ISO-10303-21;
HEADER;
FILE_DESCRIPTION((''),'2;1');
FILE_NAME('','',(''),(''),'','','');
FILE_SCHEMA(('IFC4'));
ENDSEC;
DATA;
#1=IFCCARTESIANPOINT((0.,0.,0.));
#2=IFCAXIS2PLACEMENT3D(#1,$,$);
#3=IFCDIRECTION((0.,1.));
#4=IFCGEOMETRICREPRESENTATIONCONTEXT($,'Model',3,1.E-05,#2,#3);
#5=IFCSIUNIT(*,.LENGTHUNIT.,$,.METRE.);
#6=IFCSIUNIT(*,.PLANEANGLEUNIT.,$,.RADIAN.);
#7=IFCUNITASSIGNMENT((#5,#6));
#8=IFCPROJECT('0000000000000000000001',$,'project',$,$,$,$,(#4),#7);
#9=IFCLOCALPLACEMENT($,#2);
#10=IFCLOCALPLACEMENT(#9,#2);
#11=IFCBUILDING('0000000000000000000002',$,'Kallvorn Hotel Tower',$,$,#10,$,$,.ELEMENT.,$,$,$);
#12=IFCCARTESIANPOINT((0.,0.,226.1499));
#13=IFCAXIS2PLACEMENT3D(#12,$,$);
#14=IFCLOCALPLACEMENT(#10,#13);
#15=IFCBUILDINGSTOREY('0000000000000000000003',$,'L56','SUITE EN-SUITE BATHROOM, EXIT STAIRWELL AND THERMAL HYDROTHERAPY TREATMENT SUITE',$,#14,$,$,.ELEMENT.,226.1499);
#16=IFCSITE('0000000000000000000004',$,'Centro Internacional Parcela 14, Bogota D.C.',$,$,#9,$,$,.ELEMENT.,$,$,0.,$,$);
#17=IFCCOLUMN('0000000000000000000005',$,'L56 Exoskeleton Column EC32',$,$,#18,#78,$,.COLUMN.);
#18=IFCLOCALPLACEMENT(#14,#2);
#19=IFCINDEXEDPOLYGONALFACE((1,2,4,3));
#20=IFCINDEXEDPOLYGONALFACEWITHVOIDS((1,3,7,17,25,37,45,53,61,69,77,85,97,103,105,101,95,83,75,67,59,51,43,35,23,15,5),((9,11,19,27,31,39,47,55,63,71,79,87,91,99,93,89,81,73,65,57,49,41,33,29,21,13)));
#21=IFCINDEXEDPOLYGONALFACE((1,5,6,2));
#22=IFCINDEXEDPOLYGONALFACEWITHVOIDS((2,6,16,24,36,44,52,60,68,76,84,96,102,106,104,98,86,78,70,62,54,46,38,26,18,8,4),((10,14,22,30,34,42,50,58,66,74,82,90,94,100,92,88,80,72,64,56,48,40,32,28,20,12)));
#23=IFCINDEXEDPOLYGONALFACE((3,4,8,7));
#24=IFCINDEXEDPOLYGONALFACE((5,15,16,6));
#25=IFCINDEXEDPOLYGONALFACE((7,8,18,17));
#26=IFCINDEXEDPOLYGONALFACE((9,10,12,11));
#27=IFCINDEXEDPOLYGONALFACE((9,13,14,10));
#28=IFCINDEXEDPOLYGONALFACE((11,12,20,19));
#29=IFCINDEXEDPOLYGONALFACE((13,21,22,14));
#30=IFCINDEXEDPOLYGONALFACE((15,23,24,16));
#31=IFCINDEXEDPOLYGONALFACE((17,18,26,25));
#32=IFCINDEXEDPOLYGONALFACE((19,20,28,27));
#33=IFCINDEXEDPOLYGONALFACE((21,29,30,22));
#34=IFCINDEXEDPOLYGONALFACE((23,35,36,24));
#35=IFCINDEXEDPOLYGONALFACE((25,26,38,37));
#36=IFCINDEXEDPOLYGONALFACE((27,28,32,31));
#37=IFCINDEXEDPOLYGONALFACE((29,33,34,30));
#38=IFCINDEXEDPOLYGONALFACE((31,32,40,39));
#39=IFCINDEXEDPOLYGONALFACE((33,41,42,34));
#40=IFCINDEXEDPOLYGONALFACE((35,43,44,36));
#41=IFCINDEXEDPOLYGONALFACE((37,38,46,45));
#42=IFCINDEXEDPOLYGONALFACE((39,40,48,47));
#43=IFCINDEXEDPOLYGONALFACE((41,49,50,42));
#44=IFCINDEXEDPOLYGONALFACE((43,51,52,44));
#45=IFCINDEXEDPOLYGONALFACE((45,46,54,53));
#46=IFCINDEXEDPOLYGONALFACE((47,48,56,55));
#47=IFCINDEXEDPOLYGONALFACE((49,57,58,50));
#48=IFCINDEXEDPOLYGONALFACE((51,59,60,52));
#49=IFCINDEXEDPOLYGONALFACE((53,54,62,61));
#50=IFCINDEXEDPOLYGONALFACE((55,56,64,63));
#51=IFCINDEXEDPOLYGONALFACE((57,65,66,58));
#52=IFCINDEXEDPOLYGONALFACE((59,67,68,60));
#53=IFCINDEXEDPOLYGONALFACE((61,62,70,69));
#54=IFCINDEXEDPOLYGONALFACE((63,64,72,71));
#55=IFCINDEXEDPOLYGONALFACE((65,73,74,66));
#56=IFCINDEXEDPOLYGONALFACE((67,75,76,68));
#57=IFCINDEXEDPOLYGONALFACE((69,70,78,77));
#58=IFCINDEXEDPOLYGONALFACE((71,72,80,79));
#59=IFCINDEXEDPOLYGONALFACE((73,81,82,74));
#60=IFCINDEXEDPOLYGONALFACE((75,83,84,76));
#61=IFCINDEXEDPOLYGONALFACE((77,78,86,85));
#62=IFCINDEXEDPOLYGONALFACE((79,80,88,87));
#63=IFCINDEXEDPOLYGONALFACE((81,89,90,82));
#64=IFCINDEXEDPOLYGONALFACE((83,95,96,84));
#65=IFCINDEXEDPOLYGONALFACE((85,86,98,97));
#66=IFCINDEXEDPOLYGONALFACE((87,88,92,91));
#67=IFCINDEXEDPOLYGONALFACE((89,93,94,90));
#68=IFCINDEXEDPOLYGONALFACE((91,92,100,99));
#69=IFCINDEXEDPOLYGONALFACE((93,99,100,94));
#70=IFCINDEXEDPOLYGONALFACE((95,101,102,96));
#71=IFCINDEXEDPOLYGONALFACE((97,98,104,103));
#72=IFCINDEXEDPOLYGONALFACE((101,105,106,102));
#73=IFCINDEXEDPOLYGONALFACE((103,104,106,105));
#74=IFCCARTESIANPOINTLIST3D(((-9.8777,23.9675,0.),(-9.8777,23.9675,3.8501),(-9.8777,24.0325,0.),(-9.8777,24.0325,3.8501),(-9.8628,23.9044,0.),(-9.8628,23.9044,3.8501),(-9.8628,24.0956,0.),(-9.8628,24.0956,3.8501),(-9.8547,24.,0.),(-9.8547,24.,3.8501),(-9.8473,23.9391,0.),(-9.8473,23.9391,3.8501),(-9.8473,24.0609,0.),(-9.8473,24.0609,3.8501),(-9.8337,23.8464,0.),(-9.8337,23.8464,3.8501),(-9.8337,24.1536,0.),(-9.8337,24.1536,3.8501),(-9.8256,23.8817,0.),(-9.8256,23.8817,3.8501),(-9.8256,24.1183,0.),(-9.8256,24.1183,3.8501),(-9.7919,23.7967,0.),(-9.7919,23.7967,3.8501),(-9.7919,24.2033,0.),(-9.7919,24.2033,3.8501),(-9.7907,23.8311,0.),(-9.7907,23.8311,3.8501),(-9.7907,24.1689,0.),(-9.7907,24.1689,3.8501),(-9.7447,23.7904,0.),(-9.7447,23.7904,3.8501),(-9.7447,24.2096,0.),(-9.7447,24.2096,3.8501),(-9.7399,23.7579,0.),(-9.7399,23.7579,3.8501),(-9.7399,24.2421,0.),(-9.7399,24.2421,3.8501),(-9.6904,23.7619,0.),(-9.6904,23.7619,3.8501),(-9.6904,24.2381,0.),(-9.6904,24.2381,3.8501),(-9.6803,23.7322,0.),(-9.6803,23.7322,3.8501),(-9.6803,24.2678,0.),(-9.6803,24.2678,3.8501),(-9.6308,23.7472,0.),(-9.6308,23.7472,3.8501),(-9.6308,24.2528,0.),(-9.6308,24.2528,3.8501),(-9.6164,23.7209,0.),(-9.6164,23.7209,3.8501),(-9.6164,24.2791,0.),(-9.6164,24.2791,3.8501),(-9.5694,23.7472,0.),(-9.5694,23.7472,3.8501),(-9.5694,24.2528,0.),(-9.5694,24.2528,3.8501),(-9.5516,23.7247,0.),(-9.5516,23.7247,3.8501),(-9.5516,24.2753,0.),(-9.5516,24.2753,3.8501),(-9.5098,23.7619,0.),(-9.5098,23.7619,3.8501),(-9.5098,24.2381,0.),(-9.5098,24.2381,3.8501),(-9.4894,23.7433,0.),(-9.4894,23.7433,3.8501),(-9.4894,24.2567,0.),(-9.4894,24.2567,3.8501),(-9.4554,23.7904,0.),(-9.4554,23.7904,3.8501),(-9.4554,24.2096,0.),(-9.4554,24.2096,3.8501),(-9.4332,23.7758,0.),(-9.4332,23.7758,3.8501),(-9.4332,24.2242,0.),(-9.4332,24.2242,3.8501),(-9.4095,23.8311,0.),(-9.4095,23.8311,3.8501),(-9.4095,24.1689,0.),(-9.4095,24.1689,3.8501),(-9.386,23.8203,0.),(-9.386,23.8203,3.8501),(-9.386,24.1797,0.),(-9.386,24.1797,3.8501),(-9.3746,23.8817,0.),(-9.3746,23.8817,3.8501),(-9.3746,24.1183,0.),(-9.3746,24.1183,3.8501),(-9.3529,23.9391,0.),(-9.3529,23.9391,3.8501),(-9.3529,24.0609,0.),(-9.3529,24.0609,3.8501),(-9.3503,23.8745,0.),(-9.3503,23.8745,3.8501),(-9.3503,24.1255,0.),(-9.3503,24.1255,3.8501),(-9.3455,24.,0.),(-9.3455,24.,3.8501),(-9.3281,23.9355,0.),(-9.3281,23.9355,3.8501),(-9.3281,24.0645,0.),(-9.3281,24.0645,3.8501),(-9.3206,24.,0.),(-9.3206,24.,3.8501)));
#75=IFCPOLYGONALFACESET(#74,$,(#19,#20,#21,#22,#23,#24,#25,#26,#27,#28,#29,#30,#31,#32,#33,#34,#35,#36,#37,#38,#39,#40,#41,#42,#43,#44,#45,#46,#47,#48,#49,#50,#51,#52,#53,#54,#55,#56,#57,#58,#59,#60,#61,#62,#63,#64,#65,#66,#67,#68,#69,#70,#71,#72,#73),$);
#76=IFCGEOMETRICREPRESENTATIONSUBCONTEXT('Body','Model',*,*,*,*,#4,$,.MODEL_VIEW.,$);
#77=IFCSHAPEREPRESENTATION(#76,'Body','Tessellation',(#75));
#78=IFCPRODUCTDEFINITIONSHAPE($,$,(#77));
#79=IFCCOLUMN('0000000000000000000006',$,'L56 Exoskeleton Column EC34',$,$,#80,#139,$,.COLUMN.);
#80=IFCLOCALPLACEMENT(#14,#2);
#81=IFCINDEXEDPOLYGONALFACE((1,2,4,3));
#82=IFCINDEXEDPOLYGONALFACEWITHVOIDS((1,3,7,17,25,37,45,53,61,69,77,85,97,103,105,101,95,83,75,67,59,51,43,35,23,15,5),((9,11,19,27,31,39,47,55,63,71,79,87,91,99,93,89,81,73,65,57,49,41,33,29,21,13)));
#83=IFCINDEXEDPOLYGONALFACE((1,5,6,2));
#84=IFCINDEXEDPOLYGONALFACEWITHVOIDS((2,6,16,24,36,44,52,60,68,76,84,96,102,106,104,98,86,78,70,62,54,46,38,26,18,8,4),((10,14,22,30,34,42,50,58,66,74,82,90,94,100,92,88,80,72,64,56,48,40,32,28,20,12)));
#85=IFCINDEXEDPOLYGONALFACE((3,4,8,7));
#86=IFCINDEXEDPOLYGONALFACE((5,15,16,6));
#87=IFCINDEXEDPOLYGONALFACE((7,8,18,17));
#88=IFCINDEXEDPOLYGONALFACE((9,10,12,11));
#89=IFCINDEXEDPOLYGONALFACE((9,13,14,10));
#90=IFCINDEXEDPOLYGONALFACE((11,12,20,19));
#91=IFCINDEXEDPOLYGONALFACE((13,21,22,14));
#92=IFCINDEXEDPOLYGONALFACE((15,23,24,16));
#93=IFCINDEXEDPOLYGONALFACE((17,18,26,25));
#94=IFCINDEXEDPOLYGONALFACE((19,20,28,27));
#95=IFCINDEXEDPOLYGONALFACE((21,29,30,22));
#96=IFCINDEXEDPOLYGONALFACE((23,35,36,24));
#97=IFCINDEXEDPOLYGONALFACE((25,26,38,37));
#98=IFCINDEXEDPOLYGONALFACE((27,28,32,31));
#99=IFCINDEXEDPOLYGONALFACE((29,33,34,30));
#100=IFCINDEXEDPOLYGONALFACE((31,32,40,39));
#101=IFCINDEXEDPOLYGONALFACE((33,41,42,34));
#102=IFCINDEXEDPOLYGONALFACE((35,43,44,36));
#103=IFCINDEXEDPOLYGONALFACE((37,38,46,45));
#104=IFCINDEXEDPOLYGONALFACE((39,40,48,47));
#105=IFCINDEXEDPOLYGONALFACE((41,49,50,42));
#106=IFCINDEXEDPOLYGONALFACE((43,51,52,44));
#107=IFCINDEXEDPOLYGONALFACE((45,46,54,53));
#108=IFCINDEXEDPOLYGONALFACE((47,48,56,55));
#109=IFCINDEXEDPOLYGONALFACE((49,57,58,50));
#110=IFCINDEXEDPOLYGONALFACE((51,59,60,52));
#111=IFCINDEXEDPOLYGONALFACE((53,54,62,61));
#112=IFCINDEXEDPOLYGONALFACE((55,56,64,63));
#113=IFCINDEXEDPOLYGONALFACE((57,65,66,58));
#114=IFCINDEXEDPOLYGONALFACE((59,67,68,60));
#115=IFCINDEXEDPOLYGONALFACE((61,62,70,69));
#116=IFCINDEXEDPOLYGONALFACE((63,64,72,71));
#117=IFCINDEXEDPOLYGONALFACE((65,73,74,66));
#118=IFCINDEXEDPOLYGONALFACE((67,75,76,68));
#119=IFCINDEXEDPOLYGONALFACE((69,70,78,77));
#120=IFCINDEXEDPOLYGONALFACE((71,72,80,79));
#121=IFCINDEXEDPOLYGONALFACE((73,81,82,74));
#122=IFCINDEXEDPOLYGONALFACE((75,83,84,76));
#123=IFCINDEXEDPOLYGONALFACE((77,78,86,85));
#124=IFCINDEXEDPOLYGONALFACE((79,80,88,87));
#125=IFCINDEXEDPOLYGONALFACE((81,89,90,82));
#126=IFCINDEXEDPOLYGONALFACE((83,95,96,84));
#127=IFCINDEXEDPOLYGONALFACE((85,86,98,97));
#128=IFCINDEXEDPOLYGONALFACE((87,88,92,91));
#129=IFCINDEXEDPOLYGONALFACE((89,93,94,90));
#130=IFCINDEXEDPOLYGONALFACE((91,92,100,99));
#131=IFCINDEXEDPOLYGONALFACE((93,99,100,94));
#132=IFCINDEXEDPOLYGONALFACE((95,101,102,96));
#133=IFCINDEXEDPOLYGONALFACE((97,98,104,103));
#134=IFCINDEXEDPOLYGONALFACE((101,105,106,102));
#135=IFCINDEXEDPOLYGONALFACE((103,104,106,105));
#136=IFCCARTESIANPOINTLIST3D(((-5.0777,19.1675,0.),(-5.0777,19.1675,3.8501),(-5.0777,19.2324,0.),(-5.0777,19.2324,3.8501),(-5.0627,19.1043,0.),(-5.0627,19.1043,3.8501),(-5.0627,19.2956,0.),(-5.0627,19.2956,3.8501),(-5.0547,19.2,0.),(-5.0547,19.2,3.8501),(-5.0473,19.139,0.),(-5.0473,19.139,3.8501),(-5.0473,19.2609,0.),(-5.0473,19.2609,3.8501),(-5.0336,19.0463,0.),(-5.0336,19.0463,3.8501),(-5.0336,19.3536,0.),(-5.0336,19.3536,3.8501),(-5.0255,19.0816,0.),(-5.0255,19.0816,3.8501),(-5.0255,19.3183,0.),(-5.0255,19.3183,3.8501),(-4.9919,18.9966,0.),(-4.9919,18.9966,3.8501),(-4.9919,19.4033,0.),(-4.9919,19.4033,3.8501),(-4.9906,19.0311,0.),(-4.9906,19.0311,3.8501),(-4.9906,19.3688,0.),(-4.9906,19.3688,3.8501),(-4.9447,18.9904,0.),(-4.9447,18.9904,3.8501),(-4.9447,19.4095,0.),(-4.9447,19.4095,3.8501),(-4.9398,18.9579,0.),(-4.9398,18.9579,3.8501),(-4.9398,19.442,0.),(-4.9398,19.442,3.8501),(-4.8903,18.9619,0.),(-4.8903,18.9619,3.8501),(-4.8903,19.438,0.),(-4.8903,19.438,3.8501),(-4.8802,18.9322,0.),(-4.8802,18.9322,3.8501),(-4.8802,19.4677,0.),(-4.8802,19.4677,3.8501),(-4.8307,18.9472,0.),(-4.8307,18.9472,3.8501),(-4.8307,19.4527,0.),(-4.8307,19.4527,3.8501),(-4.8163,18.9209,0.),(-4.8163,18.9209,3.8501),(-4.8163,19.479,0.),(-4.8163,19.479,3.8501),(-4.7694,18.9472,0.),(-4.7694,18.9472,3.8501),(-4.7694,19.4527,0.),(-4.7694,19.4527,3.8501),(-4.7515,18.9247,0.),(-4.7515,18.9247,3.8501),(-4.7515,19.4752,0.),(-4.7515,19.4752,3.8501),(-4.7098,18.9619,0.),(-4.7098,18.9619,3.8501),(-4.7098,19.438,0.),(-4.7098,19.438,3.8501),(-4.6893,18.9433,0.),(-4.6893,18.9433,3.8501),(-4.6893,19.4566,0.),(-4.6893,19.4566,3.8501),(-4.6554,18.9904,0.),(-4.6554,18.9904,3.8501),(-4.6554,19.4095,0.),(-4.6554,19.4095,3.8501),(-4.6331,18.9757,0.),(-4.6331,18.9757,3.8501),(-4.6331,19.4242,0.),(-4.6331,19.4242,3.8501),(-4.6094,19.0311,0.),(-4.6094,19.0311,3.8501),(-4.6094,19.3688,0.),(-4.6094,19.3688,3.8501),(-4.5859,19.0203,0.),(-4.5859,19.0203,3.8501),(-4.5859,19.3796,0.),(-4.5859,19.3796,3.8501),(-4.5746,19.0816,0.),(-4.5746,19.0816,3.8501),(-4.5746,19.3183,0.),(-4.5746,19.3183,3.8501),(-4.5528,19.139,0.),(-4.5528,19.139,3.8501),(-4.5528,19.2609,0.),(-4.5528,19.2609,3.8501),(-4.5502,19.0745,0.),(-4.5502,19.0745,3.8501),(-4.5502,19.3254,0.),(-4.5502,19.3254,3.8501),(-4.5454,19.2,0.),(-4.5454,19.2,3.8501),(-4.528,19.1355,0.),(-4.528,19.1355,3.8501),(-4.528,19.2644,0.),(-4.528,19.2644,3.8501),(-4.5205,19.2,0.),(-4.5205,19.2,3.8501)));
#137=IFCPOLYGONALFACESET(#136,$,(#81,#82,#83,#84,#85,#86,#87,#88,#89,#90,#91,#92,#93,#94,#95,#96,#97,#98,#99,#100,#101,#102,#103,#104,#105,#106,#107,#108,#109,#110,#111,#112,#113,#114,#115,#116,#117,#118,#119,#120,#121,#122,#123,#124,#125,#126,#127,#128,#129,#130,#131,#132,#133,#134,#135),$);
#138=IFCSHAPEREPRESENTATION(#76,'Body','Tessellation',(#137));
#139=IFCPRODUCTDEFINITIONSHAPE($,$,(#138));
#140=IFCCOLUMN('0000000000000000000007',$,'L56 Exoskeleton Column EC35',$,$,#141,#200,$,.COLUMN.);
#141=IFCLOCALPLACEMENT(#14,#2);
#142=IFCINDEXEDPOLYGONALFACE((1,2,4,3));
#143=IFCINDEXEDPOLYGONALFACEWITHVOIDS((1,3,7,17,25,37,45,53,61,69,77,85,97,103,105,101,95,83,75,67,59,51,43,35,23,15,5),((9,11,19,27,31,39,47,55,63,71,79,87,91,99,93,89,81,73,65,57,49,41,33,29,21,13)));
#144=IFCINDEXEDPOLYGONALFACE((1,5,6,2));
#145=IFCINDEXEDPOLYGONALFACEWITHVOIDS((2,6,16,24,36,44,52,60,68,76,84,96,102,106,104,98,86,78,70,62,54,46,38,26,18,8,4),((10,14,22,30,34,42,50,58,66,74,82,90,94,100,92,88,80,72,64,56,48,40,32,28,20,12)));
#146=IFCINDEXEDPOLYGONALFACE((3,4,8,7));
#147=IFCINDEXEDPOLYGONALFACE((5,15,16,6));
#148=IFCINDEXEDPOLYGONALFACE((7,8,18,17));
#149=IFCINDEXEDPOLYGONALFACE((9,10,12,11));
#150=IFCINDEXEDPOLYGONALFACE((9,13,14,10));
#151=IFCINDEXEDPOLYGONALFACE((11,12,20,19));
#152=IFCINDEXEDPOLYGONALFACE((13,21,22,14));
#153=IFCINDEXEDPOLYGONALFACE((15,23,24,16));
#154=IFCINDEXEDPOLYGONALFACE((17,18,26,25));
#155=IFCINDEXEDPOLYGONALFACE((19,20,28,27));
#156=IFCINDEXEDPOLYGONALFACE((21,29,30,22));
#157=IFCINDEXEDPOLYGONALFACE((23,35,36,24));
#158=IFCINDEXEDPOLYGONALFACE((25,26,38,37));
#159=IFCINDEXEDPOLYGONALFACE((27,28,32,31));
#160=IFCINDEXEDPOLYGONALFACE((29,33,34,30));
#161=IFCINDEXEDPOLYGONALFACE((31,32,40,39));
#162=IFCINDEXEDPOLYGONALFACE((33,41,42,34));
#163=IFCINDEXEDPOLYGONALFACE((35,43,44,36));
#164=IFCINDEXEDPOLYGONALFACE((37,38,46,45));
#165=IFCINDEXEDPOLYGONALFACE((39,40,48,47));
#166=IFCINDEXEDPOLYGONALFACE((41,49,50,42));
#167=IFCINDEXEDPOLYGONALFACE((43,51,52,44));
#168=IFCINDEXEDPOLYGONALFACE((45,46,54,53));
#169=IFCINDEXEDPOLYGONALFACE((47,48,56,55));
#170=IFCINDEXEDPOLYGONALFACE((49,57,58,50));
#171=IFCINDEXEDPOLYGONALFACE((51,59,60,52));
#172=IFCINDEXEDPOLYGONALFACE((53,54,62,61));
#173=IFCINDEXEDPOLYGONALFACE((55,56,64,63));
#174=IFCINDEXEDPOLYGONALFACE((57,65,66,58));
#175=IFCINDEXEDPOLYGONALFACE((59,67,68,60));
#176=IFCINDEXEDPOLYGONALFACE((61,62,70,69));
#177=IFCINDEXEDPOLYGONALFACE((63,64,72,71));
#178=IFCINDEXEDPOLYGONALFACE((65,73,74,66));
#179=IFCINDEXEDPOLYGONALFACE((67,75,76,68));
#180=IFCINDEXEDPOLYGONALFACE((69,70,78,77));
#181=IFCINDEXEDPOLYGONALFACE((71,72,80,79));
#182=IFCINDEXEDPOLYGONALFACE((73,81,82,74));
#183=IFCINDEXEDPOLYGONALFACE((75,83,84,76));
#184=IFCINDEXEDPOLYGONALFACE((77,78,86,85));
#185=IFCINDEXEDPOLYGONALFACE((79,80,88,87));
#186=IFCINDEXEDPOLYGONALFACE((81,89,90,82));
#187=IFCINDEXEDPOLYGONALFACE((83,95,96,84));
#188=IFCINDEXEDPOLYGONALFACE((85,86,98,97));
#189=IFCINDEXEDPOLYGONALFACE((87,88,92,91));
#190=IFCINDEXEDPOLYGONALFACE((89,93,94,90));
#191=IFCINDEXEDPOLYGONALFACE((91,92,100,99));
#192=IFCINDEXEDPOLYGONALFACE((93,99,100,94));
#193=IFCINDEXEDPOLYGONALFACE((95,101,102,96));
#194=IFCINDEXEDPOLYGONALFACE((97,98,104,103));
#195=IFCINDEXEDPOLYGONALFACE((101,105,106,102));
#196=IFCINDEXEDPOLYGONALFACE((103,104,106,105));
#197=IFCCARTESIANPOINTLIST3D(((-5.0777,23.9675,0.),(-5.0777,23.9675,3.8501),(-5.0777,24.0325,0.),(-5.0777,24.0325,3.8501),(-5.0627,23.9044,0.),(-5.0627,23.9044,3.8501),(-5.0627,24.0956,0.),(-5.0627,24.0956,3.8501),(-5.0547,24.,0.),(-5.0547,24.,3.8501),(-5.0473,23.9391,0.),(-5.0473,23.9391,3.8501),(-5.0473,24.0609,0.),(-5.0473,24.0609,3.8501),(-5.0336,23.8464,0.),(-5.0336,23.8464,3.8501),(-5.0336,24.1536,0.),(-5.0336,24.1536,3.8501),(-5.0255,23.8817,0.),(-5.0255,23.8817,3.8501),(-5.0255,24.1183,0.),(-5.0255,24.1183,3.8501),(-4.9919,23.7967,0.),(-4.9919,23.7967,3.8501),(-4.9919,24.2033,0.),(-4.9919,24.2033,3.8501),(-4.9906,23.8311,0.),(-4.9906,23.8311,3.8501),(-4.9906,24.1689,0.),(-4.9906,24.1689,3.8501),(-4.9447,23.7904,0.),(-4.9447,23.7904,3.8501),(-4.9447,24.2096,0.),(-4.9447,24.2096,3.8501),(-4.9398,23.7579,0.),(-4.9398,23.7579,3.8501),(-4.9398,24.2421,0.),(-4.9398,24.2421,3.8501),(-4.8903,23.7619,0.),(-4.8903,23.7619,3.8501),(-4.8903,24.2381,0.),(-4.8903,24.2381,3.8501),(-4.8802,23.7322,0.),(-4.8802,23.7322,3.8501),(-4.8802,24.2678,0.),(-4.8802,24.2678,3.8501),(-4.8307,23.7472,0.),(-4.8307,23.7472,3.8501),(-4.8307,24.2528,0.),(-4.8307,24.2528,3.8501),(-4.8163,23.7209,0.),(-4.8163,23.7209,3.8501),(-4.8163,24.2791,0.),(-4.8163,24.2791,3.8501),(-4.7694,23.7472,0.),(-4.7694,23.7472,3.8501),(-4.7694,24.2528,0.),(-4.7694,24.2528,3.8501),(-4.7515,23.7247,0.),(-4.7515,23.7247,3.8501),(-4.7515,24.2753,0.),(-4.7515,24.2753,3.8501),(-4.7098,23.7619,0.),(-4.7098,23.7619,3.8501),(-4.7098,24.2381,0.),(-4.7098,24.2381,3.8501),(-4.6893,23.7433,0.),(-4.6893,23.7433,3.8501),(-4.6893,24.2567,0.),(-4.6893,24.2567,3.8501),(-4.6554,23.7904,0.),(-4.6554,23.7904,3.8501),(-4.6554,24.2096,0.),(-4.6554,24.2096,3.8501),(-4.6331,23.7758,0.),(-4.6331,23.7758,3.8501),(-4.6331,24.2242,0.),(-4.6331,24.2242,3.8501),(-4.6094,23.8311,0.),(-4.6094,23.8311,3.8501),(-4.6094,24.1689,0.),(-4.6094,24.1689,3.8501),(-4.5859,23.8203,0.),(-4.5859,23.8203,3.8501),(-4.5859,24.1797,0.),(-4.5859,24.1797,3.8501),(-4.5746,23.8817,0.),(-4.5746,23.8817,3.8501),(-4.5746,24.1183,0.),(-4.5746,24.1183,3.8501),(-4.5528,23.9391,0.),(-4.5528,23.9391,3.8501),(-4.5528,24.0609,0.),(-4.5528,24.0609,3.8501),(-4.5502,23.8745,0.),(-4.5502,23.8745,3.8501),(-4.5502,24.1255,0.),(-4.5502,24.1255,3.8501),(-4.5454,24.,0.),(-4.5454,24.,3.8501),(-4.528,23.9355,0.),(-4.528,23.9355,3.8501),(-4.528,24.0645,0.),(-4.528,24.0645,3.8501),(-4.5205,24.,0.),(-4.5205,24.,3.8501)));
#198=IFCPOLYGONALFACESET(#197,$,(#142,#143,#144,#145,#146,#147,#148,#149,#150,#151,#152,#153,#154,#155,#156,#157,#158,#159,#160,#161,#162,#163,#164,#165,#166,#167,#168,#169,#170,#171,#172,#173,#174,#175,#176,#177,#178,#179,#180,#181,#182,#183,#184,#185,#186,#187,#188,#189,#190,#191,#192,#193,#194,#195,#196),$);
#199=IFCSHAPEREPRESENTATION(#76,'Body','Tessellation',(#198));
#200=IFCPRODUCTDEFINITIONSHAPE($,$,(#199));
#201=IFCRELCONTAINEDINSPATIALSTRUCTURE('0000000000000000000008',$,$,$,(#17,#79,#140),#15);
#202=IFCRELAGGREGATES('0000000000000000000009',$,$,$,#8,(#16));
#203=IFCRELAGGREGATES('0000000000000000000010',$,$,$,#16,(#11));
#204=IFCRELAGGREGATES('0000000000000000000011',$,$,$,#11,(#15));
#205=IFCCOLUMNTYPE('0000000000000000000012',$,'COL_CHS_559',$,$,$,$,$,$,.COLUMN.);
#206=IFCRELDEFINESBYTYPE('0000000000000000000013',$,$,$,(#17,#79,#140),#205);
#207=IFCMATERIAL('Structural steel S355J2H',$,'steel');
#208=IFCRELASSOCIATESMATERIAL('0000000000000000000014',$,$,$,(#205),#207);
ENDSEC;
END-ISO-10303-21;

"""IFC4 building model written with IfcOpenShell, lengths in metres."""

from ifc_helpers import new_model, si_unit, direction, frame, origin, origin_2d, place, context, subcontext, project, spatial, hollow_circle, extrude, material, material_profile, profile_set, type_object, element, save


model = new_model("IFC4")

# Units and contexts
model_context = context("Model", 3, precision=1e-05, world=origin(), true_north=direction((0.0, 1.0)))
body_context = subcontext(model_context, "Body", "Model", "MODEL_VIEW")
ifc_project = project(units=[si_unit("LENGTHUNIT", "METRE"), si_unit("PLANEANGLEUNIT", "RADIAN")], contexts=[model_context])

# Site, building, storey
site_placement = place(None, origin())
site = spatial("IfcSite", under=ifc_project, at=site_placement, Name="Centro Internacional Parcela 14, Bogota D.C.", CompositionType="ELEMENT", RefElevation=0.0)
building_placement = place(site_placement, origin())
building = spatial("IfcBuilding", under=site, at=building_placement, Name="Kallvorn Hotel Tower", CompositionType="ELEMENT")
storey_placement = place(building_placement, frame((0.0, 0.0, 226.1499)))
storey = spatial("IfcBuildingStorey", under=building, at=storey_placement, Name="L56", Description="SUITE EN-SUITE BATHROOM, EXIT STAIRWELL AND THERMAL HYDROTHERAPY TREATMENT SUITE", CompositionType="ELEMENT", Elevation=226.1499)

# Columns
ifc_material_1 = material(Name="Structural steel S355J2H", Category="steel")
ifc_material_profile_1 = material_profile(ifc_material_1, hollow_circle(Radius=0.2795, WallThickness=0.0249, at=origin_2d()), Name="CHS 559x25")
ifc_profile_set_1 = profile_set([ifc_material_profile_1], Name="Structural steel S355J2H")
column_type_1 = type_object("IfcColumnType", Name="COL_CHS_559", PredefinedType="COLUMN", material=ifc_profile_set_1)
for number, where, z_axis, x_axis, name in (
    (1, (-9.6001, 24.0, 0.0), (0.0, 0.0, 1.0), (1.0, 0.0, 0.0), "L56 Exoskeleton Column EC32"),
    (2, (-4.8, 19.2, 0.0), (0.0, 0.0, 1.0), (1.0, 0.0, 0.0), "L56 Exoskeleton Column EC34"),
    (3, (-4.8, 24.0, 0.0), (0.0, 0.0, 1.0), (1.0, 0.0, 0.0), "L56 Exoskeleton Column EC35"),
):
    element("IfcColumn", number, at=place(storey_placement, frame(where, z_axis=z_axis, x_axis=x_axis)), inside=storey, type_object=column_type_1, Name=name, PredefinedType="COLUMN", context=body_context, shape_type="SweptSolid", body=[
        extrude(hollow_circle(Radius=0.2795, WallThickness=0.0249, at=origin_2d()), origin(), (0.0, 0.0, 1.0), 3.8501),
    ])

save(model, "model.ifc")
